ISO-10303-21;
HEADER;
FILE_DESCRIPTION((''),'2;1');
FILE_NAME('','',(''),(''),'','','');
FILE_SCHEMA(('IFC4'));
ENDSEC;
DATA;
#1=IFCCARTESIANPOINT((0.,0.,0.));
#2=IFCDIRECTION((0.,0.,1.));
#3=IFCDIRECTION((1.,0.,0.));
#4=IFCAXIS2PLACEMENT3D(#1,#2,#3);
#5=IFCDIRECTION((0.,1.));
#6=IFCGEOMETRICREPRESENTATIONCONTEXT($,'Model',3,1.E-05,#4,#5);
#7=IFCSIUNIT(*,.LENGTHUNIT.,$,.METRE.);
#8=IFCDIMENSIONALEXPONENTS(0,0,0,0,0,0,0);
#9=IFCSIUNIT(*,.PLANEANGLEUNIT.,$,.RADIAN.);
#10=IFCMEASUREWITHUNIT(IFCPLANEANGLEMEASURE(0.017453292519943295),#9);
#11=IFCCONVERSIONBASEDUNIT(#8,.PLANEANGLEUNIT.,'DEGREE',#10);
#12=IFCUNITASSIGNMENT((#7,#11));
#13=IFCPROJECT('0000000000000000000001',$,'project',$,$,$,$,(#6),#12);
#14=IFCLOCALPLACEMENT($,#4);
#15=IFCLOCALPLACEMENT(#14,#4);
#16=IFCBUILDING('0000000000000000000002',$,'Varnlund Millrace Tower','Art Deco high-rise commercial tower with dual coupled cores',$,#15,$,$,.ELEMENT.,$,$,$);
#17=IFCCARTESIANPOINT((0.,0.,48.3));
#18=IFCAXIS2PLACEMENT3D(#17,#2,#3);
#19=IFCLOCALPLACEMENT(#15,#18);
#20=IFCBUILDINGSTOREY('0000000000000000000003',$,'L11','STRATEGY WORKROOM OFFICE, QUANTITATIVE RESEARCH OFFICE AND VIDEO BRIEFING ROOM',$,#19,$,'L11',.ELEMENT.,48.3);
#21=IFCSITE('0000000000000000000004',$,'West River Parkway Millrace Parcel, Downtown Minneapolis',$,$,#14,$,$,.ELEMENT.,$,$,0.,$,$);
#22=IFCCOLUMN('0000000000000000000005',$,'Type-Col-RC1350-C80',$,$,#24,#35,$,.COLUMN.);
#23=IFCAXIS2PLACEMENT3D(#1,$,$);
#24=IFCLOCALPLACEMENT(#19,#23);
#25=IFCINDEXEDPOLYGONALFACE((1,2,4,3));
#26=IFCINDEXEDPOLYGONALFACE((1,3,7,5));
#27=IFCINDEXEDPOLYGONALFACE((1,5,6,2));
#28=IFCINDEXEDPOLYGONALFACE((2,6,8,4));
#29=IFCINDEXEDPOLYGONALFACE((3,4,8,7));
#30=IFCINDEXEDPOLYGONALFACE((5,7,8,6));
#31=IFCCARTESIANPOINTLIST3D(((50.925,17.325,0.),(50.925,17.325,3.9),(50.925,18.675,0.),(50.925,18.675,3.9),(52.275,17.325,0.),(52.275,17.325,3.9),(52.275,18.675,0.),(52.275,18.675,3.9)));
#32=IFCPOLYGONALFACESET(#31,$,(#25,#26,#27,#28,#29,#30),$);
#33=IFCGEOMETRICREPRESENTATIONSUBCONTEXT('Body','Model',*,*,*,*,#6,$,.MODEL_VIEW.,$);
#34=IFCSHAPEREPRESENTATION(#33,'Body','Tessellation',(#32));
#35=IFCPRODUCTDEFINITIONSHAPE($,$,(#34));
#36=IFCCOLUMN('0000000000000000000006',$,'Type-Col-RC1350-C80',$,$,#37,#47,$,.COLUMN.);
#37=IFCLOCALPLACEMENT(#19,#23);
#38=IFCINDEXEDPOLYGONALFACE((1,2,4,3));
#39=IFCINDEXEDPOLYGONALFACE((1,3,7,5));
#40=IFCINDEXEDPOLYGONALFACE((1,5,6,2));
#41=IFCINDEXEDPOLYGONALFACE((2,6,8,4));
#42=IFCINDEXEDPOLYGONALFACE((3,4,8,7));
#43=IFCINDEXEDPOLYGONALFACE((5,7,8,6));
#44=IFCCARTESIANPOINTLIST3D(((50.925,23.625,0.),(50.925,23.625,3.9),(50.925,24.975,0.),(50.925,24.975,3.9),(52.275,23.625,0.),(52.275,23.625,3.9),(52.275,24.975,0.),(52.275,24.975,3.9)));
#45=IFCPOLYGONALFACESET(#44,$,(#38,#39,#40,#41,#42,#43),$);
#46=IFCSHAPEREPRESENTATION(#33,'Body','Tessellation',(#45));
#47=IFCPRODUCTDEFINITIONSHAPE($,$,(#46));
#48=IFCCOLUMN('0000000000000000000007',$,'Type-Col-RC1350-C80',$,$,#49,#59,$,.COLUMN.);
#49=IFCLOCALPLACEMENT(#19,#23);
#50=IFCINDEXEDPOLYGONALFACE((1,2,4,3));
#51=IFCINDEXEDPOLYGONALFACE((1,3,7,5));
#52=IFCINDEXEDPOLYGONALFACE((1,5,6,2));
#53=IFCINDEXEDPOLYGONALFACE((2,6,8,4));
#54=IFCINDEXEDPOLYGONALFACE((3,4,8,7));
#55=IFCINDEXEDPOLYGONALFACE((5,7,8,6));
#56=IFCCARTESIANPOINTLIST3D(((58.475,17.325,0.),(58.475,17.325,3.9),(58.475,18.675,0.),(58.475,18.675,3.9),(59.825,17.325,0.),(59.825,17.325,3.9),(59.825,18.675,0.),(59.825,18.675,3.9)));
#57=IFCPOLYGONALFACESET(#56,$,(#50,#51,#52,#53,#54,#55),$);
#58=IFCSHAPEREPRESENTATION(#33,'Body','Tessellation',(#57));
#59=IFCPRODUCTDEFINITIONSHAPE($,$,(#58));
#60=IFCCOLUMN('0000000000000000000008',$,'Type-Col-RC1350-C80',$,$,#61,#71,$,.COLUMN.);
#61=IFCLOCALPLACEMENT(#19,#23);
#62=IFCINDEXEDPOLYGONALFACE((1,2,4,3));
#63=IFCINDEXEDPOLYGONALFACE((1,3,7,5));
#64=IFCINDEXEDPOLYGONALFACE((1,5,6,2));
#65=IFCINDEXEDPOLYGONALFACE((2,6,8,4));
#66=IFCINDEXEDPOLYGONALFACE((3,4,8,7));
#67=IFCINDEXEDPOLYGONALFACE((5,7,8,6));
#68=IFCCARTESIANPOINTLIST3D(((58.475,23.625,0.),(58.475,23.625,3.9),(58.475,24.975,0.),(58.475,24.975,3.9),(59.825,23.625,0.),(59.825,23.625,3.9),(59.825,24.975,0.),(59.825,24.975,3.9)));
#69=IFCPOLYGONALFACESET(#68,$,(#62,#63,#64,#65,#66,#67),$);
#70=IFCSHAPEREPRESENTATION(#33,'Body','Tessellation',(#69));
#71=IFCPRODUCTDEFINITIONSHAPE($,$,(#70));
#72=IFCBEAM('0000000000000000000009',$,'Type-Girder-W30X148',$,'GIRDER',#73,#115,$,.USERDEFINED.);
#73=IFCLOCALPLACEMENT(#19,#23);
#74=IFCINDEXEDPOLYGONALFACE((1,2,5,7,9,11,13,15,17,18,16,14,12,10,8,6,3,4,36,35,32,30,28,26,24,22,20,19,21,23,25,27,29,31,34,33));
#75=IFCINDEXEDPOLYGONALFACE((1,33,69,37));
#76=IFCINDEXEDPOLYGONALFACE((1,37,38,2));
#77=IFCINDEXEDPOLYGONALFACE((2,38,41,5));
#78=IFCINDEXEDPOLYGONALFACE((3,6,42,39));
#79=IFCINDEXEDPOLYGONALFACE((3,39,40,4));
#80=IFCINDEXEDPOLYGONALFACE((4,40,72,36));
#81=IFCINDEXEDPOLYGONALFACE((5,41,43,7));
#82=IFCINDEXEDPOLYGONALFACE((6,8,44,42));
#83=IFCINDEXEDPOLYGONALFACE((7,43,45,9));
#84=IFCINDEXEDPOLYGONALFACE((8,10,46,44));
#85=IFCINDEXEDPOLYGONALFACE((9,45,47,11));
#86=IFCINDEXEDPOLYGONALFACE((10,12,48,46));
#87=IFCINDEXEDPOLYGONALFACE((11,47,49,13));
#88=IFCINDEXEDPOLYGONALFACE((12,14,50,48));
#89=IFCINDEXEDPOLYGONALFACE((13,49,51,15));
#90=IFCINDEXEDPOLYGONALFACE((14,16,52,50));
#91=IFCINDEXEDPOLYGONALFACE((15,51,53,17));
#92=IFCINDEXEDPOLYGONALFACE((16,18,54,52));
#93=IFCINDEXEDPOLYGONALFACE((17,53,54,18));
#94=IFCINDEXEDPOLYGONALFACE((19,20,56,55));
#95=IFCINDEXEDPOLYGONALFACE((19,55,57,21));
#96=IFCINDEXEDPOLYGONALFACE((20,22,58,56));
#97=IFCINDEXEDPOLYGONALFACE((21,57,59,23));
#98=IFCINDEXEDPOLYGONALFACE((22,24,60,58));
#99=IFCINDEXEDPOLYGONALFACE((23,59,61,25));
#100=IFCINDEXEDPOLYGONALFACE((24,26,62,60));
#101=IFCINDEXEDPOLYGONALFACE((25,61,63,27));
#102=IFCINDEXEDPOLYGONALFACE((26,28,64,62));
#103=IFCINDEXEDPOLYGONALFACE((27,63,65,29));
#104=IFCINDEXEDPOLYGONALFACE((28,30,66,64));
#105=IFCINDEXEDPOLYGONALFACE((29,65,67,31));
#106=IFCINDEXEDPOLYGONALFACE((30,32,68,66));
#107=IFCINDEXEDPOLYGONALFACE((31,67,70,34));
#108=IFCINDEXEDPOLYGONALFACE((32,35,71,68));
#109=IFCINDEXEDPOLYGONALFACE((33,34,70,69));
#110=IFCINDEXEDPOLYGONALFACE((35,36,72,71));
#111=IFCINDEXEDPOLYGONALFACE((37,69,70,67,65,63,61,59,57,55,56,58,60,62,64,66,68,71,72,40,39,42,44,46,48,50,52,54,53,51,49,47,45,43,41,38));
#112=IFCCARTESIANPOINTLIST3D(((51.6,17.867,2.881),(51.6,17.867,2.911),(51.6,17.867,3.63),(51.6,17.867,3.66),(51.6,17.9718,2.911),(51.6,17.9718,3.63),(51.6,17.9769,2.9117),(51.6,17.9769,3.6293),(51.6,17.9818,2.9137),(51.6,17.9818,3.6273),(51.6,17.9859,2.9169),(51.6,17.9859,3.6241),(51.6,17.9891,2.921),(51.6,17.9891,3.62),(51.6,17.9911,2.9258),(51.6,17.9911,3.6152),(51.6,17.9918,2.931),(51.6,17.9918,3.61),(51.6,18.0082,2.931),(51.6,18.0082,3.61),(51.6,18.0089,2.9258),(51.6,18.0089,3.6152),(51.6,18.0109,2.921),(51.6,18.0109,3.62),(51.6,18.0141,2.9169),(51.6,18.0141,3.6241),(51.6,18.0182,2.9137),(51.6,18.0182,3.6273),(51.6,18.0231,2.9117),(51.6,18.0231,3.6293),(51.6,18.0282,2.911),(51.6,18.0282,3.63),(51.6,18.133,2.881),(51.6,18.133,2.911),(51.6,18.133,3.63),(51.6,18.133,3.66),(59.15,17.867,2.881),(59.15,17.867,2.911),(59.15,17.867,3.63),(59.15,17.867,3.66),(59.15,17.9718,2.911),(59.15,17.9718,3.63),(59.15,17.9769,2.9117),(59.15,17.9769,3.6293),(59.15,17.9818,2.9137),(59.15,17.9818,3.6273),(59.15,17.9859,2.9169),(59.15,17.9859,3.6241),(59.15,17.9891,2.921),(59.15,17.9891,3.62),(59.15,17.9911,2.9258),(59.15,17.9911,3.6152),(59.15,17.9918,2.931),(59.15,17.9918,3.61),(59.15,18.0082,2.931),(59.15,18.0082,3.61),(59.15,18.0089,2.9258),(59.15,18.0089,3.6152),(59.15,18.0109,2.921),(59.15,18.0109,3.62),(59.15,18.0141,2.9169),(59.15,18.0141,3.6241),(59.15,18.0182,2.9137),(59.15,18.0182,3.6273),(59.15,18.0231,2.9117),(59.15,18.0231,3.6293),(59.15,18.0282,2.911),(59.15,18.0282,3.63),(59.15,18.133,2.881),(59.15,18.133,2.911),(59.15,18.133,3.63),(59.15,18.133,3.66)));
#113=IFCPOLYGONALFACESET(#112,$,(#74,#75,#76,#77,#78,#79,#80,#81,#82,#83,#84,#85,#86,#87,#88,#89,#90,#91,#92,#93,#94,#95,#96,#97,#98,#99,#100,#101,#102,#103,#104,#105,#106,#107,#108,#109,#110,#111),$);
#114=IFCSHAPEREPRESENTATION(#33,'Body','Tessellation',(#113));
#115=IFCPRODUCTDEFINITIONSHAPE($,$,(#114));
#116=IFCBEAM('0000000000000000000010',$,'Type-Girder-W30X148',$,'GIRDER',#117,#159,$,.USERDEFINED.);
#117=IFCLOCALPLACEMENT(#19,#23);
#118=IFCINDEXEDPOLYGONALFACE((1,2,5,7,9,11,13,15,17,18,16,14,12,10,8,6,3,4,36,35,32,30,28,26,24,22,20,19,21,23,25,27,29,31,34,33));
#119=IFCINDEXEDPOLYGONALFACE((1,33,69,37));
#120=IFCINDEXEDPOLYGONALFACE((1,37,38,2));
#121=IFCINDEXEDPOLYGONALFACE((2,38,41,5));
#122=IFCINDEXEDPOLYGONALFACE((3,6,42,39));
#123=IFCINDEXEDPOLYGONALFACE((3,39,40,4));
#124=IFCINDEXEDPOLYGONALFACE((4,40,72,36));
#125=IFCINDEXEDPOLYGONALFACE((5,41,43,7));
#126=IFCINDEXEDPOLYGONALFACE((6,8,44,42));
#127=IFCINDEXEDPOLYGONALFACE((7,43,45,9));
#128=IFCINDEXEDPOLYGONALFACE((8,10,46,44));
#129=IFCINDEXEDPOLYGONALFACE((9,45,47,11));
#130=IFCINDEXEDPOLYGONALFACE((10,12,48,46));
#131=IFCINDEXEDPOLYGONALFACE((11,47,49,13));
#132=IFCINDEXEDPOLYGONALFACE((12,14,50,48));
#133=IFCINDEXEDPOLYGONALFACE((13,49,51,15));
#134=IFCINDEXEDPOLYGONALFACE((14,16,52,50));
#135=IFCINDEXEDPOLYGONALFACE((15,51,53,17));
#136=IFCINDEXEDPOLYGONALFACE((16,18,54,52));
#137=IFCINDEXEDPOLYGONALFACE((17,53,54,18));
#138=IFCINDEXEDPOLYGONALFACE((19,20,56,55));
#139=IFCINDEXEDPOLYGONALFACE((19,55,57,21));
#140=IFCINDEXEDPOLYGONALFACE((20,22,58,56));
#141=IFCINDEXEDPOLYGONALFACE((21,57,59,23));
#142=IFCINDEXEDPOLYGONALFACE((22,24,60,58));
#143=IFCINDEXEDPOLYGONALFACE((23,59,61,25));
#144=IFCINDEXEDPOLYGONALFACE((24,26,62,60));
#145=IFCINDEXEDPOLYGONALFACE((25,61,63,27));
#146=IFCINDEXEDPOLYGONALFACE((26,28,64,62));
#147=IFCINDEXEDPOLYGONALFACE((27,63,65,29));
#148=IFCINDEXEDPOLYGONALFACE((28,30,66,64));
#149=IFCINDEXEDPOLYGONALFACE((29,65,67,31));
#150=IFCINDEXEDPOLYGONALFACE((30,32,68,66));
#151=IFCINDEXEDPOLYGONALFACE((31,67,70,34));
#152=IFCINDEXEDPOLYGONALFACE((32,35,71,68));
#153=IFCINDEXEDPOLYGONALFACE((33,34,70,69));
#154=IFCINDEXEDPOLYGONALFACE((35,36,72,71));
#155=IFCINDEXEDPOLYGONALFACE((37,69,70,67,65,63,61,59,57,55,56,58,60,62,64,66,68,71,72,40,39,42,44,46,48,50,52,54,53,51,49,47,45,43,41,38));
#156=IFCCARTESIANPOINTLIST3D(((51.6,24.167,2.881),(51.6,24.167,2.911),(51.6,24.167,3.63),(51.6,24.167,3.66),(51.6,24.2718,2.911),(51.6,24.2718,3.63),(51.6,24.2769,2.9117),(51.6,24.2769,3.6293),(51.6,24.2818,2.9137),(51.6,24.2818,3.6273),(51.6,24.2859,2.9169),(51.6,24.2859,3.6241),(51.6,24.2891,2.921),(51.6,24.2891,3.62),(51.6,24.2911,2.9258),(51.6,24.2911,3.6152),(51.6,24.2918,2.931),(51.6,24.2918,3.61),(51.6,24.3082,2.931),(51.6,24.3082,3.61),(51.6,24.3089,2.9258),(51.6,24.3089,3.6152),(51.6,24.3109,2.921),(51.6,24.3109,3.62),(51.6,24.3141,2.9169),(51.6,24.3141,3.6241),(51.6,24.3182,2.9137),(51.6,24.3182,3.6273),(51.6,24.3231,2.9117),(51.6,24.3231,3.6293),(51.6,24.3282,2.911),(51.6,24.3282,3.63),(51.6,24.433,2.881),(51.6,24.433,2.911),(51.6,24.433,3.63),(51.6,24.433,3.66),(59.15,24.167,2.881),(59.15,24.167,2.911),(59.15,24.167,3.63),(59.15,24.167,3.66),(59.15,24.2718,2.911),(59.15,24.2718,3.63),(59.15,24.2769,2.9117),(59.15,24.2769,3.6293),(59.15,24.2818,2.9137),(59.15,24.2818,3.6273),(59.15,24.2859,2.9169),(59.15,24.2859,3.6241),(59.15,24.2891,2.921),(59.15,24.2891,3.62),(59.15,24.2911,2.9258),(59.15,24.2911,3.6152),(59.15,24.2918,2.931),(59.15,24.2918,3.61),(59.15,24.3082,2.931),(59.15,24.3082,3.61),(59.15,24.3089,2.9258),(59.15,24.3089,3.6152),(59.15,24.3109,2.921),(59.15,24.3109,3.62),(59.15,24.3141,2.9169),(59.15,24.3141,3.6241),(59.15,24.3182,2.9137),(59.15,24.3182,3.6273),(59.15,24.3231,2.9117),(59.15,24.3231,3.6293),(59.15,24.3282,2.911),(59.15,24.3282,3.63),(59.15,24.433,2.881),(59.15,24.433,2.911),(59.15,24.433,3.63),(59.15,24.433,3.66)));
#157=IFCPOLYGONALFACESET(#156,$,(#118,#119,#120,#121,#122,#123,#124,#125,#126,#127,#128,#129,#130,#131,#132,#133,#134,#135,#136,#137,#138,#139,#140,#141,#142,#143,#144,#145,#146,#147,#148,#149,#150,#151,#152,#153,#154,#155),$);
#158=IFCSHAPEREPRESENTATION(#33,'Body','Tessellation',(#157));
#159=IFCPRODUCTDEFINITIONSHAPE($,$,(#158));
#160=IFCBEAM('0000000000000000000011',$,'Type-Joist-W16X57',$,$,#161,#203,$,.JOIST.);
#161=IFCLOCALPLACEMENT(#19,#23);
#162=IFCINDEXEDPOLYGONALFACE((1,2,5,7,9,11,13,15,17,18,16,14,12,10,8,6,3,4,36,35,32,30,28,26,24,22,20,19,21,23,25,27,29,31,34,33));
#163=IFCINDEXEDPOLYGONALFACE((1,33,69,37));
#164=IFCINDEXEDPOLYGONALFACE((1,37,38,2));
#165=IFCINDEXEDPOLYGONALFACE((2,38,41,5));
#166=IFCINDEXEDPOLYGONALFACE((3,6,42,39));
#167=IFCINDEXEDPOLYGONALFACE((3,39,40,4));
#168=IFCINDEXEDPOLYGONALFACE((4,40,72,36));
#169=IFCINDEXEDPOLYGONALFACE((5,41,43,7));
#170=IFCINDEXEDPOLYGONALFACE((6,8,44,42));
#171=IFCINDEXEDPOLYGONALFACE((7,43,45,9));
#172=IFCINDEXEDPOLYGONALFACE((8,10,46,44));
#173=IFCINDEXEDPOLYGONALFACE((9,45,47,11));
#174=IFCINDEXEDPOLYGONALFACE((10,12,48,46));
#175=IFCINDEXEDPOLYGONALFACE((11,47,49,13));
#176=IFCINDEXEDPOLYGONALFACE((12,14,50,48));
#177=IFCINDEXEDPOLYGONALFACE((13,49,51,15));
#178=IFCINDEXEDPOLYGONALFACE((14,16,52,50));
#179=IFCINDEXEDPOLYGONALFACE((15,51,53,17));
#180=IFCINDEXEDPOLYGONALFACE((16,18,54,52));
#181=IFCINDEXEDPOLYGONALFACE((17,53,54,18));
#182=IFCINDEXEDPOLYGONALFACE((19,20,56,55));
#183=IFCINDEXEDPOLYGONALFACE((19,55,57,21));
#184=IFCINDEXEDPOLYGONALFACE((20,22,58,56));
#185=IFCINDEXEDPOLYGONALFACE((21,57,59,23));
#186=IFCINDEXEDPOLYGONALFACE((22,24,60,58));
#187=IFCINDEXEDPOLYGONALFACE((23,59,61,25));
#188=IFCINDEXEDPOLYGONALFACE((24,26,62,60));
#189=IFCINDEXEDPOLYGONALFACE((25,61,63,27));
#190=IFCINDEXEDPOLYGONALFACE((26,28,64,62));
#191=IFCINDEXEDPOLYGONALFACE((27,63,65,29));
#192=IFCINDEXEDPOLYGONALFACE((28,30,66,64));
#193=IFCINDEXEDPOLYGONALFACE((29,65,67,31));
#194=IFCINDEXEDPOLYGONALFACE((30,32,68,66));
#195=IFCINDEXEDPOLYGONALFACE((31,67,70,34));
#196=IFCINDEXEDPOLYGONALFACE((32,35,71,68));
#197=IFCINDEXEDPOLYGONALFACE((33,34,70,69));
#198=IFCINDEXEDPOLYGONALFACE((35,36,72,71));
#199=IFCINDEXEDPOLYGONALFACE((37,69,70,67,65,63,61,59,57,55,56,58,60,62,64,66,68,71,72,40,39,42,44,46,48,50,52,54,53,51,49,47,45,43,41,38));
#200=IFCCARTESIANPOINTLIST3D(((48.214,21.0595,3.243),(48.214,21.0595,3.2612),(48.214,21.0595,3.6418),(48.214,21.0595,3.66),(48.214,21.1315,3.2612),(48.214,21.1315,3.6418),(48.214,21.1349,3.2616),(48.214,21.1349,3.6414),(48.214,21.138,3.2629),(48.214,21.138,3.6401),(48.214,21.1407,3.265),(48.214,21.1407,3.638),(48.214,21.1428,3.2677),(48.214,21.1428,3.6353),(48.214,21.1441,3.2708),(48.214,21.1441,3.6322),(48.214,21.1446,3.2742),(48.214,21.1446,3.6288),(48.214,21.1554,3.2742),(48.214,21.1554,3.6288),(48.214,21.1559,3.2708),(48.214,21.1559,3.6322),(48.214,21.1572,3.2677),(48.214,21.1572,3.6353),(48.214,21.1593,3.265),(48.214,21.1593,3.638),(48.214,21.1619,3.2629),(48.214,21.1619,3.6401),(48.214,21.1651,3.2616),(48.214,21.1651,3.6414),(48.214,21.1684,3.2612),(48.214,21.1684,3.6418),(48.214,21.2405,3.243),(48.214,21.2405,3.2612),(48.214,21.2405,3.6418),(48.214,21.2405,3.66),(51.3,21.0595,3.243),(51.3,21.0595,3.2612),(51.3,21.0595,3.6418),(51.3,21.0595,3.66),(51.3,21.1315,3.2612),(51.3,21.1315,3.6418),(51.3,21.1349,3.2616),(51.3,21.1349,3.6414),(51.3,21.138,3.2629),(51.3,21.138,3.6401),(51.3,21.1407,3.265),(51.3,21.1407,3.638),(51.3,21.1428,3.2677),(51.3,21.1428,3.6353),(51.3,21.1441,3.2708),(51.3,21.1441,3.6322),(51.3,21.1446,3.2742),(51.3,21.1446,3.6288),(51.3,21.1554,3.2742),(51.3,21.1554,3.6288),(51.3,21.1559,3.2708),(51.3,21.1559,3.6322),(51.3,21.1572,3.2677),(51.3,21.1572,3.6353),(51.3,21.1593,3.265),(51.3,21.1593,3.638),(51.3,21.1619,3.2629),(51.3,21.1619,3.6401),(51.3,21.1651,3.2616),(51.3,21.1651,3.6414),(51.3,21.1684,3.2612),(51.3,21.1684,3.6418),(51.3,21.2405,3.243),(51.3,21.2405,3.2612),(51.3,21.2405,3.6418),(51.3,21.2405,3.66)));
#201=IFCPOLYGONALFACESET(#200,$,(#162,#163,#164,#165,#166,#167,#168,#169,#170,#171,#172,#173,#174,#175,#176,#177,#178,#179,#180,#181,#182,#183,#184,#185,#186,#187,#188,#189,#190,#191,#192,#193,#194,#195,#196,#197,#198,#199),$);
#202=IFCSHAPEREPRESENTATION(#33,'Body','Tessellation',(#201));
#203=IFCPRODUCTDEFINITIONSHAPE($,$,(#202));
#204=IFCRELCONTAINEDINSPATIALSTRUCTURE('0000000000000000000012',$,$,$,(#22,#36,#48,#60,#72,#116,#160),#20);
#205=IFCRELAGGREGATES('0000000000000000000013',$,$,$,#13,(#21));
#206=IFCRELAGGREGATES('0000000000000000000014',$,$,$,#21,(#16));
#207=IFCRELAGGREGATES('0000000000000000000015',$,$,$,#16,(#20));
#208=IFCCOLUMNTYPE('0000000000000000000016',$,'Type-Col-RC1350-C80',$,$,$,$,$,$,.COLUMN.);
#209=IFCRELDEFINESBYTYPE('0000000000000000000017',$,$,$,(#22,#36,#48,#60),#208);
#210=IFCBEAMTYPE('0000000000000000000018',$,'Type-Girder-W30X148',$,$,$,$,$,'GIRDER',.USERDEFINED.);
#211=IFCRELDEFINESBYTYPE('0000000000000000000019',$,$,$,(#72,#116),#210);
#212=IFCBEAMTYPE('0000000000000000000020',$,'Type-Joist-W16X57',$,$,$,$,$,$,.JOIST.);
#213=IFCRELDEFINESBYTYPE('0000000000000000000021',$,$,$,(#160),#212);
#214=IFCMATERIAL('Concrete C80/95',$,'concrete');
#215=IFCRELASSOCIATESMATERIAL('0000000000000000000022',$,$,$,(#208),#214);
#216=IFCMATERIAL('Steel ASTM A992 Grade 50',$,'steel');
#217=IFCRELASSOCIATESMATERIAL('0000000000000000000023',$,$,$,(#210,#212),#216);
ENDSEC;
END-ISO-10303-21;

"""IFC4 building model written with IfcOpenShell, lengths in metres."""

from ifc_helpers import new_model, entity, si_unit, converted_unit, direction, frame, origin_with_axes, origin_2d_with_axis, place, context, subcontext, project, spatial, rectangle, i_section, extrude, material, material_profile, profile_set, type_object, element, save


model = new_model("IFC4")

# Units and contexts
model_context = context("Model", 3, precision=1e-05, world=origin_with_axes(), true_north=direction((0.0, 1.0)))
body_context = subcontext(model_context, "Body", "Model", "MODEL_VIEW")
ifc_project = project(units=[si_unit("LENGTHUNIT", "METRE"), converted_unit("PLANEANGLEUNIT", "DEGREE", entity("IfcPlaneAngleMeasure", 0.017453292519943295), si_unit("PLANEANGLEUNIT", "RADIAN"), dimensions=[0, 0, 0, 0, 0, 0, 0])], contexts=[model_context])

# Site, building, storey
site_placement = place(None, origin_with_axes())
site = spatial("IfcSite", under=ifc_project, at=site_placement, Name="West River Parkway Millrace Parcel, Downtown Minneapolis", CompositionType="ELEMENT", RefElevation=0.0)
building_placement = place(site_placement, origin_with_axes())
building = spatial("IfcBuilding", under=site, at=building_placement, Name="Varnlund Millrace Tower", Description="Art Deco high-rise commercial tower with dual coupled cores", CompositionType="ELEMENT")
storey_placement = place(building_placement, frame((0.0, 0.0, 48.3), z_axis=(0.0, 0.0, 1.0), x_axis=(1.0, 0.0, 0.0)))
storey = spatial("IfcBuildingStorey", under=building, at=storey_placement, Name="L11", Description="STRATEGY WORKROOM OFFICE, QUANTITATIVE RESEARCH OFFICE AND VIDEO BRIEFING ROOM", LongName="L11", CompositionType="ELEMENT", Elevation=48.3)

# Columns
ifc_material_1 = material(Name="Concrete C80/95", Category="concrete")
ifc_material_profile_1 = material_profile(ifc_material_1, rectangle(XDim=1.35, YDim=1.35, at=origin_2d_with_axis()), Name="Concrete C80/95")
ifc_profile_set_1 = profile_set([ifc_material_profile_1], Name="Concrete C80/95")
column_type = type_object("IfcColumnType", Name="Type-Col-RC1350-C80", PredefinedType="COLUMN", material=ifc_profile_set_1)
for number, where, z_axis, x_axis, name in (
    (1, (51.6, 18.0, 0.0), (0.0, 0.0, 1.0), (1.0, 0.0, 0.0), "Type-Col-RC1350-C80"),
    (2, (51.6, 24.3, 0.0), (0.0, 0.0, 1.0), (1.0, 0.0, 0.0), "Type-Col-RC1350-C80"),
    (3, (59.15, 18.0, 0.0), (0.0, 0.0, 1.0), (1.0, 0.0, 0.0), "Type-Col-RC1350-C80"),
    (4, (59.15, 24.3, 0.0), (0.0, 0.0, 1.0), (1.0, 0.0, 0.0), "Type-Col-RC1350-C80"),
):
    element("IfcColumn", number, at=place(storey_placement, frame(where, z_axis=z_axis, x_axis=x_axis)), inside=storey, type_object=column_type, Name=name, PredefinedType="COLUMN", context=body_context, shape_type="SweptSolid", body=[
        extrude(rectangle(XDim=1.35, YDim=1.35, at=origin_2d_with_axis()), origin_with_axes(), (0.0, 0.0, 1.0), 3.9),
    ])

# Beams
ifc_material_2 = material(Name="Steel ASTM A992 Grade 50", Category="steel")
ifc_material_profile_2 = material_profile(ifc_material_2, i_section(OverallWidth=0.266, OverallDepth=0.779, WebThickness=0.0165, FlangeThickness=0.03, FilletRadius=0.02, at=origin_2d_with_axis()), Name="Steel ASTM A992 Grade 50")
ifc_profile_set_2 = profile_set([ifc_material_profile_2], Name="Steel ASTM A992 Grade 50")
beam_type_1 = type_object("IfcBeamType", Name="Type-Girder-W30X148", ElementType="GIRDER", PredefinedType="USERDEFINED", material=ifc_profile_set_2)
for number, where, z_axis, x_axis, name in (
    (5, (51.6, 18.0, 3.2705), (1.0, 0.0, 0.0), (0.0, 1.0, 0.0), "Type-Girder-W30X148"),
    (6, (51.6, 24.3, 3.2705), (1.0, 0.0, 0.0), (0.0, 1.0, 0.0), "Type-Girder-W30X148"),
):
    element("IfcBeam", number, at=place(storey_placement, frame(where, z_axis=z_axis, x_axis=x_axis)), inside=storey, type_object=beam_type_1, Name=name, ObjectType="GIRDER", PredefinedType="USERDEFINED", context=body_context, shape_type="SweptSolid", body=[
        extrude(i_section(OverallWidth=0.266, OverallDepth=0.779, WebThickness=0.0165, FlangeThickness=0.03, FilletRadius=0.02, at=origin_2d_with_axis()), origin_with_axes(), (0.0, 0.0, 1.0), 7.55),
    ])
ifc_material_profile_3 = material_profile(ifc_material_2, i_section(OverallWidth=0.181, OverallDepth=0.417, WebThickness=0.0109, FlangeThickness=0.0182, FilletRadius=0.013, at=origin_2d_with_axis()), Name="Steel ASTM A992 Grade 50")
ifc_profile_set_3 = profile_set([ifc_material_profile_3], Name="Steel ASTM A992 Grade 50")
beam_type_2 = type_object("IfcBeamType", Name="Type-Joist-W16X57", PredefinedType="JOIST", material=ifc_profile_set_3)
beam_placement = place(storey_placement, frame((48.214, 21.15, 3.4515), z_axis=(1.0, 0.0, 0.0), x_axis=(0.0, 1.0, 0.0)))
element("IfcBeam", 7, at=beam_placement, inside=storey, type_object=beam_type_2, Name="Type-Joist-W16X57", PredefinedType="JOIST", context=body_context, shape_type="SweptSolid", body=[
    extrude(i_section(OverallWidth=0.181, OverallDepth=0.417, WebThickness=0.0109, FlangeThickness=0.0182, FilletRadius=0.013, at=origin_2d_with_axis()), origin_with_axes(), (0.0, 0.0, 1.0), 3.086),
])

save(model, "model.ifc")
